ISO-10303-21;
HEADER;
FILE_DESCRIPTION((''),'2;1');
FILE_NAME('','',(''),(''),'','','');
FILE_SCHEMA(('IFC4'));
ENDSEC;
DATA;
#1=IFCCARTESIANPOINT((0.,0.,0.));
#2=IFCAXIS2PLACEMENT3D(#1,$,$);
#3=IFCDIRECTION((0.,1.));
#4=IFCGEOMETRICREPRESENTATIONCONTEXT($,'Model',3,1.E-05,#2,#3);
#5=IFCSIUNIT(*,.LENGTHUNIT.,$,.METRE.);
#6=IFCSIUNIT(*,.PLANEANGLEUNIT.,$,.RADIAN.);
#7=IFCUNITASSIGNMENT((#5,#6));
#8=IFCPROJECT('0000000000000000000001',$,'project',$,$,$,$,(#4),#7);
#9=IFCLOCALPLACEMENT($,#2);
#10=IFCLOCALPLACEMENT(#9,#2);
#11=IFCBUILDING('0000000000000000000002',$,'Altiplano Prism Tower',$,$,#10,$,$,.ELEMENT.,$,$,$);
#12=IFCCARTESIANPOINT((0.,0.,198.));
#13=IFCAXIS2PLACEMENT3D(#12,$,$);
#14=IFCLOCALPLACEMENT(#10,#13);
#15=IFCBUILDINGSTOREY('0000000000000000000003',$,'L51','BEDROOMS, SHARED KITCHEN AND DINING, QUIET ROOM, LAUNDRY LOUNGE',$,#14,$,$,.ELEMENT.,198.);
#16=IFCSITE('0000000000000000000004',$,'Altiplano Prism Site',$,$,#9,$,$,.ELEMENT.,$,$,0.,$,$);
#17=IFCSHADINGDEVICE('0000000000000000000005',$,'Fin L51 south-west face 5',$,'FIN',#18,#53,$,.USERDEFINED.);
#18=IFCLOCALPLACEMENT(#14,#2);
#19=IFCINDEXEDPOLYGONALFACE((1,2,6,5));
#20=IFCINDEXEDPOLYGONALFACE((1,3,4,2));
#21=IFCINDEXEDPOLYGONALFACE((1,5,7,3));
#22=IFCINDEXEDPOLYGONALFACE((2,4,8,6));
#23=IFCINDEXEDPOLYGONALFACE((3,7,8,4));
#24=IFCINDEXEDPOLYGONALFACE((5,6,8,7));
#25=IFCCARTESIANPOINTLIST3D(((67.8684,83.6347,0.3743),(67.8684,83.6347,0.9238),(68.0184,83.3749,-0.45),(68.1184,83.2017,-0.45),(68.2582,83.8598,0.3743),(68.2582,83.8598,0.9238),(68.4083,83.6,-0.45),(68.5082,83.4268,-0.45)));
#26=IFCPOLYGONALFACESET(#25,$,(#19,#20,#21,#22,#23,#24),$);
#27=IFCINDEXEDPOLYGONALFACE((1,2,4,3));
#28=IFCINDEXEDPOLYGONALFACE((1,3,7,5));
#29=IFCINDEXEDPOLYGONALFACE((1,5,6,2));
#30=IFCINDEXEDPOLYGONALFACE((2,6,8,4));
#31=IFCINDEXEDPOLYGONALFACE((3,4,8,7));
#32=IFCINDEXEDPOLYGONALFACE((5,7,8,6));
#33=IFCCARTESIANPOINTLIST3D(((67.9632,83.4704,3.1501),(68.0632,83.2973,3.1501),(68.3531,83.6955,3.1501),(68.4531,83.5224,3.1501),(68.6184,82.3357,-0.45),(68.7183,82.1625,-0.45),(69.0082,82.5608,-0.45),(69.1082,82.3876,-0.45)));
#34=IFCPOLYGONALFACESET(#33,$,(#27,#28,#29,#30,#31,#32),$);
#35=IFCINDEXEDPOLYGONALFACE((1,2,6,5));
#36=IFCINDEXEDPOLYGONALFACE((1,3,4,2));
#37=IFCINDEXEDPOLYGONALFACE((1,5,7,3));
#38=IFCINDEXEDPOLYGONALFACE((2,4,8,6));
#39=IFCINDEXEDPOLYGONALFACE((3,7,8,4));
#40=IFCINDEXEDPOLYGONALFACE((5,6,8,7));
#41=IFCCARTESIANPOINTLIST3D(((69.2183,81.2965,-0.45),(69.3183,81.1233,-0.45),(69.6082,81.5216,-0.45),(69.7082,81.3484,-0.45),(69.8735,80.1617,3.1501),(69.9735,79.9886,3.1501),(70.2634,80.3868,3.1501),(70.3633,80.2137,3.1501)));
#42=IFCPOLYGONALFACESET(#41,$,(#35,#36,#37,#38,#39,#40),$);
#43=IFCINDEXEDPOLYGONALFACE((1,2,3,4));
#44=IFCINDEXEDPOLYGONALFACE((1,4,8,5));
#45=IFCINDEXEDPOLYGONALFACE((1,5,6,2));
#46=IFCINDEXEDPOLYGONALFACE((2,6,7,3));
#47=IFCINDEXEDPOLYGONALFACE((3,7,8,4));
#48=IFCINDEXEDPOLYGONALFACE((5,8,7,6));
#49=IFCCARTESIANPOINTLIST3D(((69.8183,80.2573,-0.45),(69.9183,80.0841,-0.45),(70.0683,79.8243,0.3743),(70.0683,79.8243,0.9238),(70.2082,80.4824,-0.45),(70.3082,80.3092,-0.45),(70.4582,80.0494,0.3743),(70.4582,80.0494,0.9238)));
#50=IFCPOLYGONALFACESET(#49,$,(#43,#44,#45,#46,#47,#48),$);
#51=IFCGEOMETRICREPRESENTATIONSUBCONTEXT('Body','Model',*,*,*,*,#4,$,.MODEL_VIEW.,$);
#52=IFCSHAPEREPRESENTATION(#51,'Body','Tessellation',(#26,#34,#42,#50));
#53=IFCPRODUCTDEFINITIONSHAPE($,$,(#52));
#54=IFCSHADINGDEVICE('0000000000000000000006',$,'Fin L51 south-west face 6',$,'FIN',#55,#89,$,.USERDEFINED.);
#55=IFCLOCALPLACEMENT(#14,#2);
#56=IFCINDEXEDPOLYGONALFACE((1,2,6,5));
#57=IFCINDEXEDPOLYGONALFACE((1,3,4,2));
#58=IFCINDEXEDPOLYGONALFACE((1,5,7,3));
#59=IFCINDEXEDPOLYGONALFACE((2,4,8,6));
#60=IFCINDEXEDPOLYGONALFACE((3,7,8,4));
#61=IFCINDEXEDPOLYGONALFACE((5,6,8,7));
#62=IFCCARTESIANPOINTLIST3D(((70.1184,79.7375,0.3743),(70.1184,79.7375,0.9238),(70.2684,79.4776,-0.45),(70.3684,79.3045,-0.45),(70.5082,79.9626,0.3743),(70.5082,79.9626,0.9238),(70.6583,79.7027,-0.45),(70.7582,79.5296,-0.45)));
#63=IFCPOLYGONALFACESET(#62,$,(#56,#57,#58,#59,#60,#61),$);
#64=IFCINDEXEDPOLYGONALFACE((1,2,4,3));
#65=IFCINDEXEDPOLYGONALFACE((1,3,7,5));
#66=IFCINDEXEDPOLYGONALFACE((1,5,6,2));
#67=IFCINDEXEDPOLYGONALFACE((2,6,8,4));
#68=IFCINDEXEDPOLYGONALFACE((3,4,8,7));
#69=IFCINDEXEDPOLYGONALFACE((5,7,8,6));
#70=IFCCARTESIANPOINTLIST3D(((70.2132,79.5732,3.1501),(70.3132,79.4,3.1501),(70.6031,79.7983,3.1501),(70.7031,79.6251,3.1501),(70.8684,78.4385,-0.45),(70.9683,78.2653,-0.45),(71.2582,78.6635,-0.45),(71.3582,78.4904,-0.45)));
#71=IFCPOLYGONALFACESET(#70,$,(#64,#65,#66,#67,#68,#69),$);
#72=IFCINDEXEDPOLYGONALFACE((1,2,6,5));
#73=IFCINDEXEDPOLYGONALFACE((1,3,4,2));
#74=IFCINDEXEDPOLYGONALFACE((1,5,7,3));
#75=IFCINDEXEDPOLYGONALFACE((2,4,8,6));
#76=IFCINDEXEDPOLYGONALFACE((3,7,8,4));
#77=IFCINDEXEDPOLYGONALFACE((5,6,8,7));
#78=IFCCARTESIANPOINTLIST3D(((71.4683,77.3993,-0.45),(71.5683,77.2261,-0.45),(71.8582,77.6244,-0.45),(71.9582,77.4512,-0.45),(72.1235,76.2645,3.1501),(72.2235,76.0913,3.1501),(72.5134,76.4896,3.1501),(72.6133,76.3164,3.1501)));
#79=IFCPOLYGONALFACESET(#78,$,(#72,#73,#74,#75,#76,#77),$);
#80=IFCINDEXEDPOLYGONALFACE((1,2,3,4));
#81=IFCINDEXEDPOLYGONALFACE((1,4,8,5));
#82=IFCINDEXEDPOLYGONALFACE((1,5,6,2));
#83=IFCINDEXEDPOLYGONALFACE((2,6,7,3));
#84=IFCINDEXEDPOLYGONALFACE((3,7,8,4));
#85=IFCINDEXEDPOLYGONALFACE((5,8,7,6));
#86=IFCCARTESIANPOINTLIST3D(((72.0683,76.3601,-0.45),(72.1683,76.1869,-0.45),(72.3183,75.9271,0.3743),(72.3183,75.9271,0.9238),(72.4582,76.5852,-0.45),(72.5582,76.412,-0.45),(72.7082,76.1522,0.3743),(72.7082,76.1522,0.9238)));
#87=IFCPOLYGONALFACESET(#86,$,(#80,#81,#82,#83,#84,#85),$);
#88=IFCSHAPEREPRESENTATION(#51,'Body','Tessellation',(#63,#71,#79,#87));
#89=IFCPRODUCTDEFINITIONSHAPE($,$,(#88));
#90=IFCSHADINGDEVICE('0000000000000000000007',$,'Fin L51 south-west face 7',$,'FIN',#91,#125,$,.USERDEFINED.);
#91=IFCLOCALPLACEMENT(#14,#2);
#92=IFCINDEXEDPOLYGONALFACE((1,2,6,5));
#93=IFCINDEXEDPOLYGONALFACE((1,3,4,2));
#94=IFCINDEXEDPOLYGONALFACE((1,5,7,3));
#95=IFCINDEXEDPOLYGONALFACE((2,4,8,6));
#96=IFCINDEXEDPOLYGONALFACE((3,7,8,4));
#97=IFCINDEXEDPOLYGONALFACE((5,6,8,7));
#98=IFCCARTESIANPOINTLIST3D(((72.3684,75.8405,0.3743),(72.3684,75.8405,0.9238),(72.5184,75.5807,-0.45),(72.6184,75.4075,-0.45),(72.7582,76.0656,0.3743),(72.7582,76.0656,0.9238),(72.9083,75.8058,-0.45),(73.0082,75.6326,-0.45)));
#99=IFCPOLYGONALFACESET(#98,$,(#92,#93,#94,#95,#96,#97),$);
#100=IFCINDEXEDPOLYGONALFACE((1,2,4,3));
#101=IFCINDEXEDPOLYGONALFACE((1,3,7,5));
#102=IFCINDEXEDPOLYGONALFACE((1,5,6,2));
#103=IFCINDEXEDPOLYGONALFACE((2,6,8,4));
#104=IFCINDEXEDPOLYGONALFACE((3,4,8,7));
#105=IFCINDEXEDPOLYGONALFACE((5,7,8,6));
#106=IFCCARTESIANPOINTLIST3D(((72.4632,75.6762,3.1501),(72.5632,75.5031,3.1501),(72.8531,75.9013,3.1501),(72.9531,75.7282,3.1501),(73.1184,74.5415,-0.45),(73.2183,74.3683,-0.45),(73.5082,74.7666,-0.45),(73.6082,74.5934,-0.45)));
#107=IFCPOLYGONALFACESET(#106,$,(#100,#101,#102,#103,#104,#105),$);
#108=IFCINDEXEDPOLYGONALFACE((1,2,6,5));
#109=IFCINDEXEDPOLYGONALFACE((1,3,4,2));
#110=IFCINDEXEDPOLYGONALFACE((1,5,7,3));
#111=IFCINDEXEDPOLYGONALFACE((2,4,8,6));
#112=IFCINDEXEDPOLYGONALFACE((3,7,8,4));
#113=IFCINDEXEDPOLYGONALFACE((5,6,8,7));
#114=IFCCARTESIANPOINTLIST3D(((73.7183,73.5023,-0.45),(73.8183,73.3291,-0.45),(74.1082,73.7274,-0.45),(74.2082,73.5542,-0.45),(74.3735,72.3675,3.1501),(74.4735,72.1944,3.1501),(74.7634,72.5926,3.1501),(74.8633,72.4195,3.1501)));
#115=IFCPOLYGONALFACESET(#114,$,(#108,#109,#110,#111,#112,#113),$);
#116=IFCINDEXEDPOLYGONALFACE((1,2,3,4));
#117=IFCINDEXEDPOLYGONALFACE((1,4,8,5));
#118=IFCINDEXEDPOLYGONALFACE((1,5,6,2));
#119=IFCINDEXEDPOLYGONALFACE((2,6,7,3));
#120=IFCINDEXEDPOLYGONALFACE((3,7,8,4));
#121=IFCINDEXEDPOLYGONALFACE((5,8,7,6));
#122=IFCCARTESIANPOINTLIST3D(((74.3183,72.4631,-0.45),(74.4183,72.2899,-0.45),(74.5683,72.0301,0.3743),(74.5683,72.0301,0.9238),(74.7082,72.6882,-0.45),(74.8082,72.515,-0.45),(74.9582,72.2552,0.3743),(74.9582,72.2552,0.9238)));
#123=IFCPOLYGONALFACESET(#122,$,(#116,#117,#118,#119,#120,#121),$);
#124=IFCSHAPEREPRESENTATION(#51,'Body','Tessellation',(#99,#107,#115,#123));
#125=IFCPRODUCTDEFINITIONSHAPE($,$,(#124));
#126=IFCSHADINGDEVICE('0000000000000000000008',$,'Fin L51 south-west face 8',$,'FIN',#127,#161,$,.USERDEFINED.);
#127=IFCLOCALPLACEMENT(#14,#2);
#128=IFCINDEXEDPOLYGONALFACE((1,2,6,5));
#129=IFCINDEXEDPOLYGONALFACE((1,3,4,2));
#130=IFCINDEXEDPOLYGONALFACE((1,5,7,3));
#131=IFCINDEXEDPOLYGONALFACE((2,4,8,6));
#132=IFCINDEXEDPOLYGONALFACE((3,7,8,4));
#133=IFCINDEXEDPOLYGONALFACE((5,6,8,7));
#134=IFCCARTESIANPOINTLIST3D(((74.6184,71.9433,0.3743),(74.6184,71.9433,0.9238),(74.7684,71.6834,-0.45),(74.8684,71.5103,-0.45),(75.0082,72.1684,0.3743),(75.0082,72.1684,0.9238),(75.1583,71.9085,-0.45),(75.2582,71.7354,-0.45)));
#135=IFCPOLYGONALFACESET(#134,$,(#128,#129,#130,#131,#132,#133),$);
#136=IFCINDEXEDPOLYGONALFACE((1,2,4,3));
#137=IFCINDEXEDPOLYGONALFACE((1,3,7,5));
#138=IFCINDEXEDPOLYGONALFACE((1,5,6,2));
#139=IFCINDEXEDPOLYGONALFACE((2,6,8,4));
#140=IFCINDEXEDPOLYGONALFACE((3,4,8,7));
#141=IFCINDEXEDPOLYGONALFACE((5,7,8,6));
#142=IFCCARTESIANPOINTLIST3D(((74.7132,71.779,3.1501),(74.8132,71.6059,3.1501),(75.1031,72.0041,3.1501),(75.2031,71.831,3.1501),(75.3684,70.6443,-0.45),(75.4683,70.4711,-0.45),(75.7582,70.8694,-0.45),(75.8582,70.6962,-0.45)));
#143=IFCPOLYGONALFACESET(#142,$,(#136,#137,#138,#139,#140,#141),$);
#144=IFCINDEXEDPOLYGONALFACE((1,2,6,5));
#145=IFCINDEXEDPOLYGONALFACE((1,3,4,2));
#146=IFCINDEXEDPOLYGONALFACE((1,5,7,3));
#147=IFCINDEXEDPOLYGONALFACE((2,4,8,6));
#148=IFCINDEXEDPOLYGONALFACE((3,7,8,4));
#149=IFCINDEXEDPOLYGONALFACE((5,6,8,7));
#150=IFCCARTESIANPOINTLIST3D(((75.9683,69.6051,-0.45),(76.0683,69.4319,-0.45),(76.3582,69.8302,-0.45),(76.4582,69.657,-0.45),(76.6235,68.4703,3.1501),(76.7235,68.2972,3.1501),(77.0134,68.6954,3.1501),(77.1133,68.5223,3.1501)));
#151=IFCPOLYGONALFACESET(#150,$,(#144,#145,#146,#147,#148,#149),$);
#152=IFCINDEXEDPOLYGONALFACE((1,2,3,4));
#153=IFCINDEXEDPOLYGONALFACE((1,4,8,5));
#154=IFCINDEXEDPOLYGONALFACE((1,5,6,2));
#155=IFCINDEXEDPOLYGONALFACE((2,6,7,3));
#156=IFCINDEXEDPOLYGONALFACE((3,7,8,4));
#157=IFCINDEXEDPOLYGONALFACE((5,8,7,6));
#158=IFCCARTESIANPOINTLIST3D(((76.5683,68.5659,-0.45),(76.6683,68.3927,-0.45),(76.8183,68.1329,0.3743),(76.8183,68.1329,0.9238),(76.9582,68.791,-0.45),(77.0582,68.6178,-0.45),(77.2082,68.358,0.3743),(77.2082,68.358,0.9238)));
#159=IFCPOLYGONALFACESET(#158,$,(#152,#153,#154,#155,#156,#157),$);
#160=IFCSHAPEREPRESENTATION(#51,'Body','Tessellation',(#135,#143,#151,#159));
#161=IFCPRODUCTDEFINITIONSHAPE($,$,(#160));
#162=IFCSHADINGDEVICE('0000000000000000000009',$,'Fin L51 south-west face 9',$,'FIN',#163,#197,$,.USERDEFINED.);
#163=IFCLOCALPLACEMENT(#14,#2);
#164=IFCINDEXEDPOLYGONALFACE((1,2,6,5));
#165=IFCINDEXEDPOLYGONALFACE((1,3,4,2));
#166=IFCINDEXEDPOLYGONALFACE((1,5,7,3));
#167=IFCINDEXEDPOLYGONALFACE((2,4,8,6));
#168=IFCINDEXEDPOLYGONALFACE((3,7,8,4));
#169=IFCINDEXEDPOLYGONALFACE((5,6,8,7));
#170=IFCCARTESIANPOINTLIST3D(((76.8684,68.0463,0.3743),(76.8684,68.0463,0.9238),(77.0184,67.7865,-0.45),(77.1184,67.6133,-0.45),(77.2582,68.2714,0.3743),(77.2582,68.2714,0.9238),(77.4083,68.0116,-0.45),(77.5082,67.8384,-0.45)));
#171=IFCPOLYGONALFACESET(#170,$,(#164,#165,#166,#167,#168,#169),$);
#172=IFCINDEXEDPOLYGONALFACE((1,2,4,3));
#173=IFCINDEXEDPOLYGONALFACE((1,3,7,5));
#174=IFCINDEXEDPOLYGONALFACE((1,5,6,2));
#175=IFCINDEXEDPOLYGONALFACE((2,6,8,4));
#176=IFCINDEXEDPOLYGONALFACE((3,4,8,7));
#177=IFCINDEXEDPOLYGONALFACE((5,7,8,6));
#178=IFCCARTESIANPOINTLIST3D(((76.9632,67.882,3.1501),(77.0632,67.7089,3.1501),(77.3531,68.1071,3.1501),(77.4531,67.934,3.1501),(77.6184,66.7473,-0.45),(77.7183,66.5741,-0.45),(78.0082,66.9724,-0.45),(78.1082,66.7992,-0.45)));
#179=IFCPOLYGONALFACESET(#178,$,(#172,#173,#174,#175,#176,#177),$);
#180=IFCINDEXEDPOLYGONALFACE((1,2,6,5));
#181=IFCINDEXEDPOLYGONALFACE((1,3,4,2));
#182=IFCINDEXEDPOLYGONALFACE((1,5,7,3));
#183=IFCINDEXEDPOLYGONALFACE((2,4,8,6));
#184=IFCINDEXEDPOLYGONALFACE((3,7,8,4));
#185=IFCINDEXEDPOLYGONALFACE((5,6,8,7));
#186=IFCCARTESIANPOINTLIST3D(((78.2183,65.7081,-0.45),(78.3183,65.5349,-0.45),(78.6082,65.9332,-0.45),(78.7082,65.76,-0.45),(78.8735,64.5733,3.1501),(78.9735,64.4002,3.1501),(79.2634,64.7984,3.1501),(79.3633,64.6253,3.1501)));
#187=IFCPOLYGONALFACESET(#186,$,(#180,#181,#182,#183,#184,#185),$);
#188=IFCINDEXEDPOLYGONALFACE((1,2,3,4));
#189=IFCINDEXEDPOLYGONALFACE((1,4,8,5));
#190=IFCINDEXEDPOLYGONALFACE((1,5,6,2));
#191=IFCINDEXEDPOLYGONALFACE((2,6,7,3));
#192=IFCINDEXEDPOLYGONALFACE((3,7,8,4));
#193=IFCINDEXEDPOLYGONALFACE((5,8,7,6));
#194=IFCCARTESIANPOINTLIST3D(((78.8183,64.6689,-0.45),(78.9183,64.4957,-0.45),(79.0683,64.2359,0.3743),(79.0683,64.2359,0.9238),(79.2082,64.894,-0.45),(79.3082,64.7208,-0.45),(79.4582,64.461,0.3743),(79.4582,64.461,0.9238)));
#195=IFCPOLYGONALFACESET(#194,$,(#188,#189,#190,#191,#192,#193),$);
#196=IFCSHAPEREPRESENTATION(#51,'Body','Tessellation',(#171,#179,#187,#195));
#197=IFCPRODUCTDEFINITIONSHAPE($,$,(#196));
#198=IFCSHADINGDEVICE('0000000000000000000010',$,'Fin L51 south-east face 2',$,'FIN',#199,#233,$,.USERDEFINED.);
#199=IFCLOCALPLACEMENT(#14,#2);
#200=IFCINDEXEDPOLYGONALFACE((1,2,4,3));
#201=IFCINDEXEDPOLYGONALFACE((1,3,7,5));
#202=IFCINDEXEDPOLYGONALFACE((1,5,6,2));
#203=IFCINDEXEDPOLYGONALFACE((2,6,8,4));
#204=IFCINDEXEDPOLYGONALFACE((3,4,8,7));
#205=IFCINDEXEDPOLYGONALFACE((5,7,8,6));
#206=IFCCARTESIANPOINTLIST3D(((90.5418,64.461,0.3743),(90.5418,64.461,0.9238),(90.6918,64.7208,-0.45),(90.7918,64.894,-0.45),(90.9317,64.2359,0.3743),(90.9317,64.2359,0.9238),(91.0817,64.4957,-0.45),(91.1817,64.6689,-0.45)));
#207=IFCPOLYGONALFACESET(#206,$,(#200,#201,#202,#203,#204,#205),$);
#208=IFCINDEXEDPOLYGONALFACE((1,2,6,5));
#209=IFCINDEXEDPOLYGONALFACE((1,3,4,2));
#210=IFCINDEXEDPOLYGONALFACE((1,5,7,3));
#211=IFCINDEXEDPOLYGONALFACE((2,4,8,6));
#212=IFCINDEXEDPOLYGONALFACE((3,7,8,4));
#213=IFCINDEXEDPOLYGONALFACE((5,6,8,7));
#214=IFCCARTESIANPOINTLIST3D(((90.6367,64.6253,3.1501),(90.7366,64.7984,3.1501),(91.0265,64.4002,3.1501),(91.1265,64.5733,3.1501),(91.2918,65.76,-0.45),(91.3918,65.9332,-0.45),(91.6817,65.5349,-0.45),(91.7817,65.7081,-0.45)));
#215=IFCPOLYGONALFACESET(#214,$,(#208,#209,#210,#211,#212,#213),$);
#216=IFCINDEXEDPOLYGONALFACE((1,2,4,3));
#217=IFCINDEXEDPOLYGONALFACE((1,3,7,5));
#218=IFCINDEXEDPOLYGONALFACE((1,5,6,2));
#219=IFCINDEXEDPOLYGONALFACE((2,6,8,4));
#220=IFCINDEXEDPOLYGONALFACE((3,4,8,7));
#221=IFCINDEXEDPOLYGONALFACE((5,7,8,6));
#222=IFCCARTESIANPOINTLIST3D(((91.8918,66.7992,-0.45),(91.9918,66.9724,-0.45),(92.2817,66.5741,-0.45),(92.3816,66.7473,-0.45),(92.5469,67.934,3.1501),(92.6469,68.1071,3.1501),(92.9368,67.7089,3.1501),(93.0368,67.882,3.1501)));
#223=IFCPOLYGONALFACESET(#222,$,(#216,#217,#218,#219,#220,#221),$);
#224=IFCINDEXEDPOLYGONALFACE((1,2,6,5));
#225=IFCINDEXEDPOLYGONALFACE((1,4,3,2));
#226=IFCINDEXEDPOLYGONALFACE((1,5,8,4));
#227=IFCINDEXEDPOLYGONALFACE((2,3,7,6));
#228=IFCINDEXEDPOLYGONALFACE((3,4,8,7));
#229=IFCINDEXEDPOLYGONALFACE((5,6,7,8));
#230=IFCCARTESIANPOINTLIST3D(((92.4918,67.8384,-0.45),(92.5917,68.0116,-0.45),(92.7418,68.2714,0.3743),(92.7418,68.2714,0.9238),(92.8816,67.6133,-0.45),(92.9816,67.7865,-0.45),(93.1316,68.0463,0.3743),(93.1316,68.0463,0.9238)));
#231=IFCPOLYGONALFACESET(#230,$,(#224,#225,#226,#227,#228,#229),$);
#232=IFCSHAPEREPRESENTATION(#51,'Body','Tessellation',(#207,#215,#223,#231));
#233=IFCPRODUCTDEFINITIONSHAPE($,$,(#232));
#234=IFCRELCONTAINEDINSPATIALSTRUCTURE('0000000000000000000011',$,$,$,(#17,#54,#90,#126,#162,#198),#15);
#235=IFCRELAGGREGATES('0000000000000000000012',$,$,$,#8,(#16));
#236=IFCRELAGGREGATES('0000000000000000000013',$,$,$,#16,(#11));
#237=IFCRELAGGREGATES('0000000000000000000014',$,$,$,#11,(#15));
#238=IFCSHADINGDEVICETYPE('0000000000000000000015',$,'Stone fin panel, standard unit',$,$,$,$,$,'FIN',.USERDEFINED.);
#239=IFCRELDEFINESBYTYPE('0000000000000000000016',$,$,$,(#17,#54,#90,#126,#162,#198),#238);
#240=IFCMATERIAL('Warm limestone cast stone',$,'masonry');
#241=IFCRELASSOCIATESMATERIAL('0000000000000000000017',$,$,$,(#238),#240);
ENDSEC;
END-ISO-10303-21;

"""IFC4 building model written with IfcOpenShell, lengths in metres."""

from ifc_helpers import new_model, si_unit, direction, frame, origin, place, context, subcontext, project, spatial, polyline, outline, extrude, source, transform, mapped, material, type_object, element, save


model = new_model("IFC4")

# Units and contexts
model_context = context("Model", 3, precision=1e-05, world=origin(), true_north=direction((0.0, 1.0)))
body_context = subcontext(model_context, "Body", "Model", "MODEL_VIEW")
ifc_project = project(units=[si_unit("LENGTHUNIT", "METRE"), si_unit("PLANEANGLEUNIT", "RADIAN")], contexts=[model_context])

# Site, building, storey
site_placement = place(None, origin())
site = spatial("IfcSite", under=ifc_project, at=site_placement, Name="Altiplano Prism Site", CompositionType="ELEMENT", RefElevation=0.0)
building_placement = place(site_placement, origin())
building = spatial("IfcBuilding", under=site, at=building_placement, Name="Altiplano Prism Tower", CompositionType="ELEMENT")
storey_placement = place(building_placement, frame((0.0, 0.0, 198.0)))
storey = spatial("IfcBuildingStorey", under=building, at=storey_placement, Name="L51", Description="BEDROOMS, SHARED KITCHEN AND DINING, QUIET ROOM, LAUNDRY LOUNGE", CompositionType="ELEMENT", Elevation=198.0)

# Shading devices
ifc_material_1 = material(Name="Warm limestone cast stone", Category="masonry")
shading_device_type_1 = type_object("IfcShadingDeviceType", Name="Stone fin panel, standard unit", ElementType="FIN", PredefinedType="USERDEFINED", material=ifc_material_1)
shared_shape_1 = source(origin(), body_context, "Body", "SweptSolid", [
    extrude(outline(polyline([(-2.2, 1.3738), (-2.2, 0.8242), (-1.8999, 0.0), (-1.7, 0.0), (-2.2, 1.3738)])), frame((0.0, -0.1499, 0.0), z_axis=(0.0, -1.0, 0.0), x_axis=(1.0, 0.0, 0.0)), (0.0, 0.0, 1.0), 0.4502),
    extrude(outline(polyline([(-2.0103, 3.6001), (-0.7, 0.0), (-0.5, 0.0), (-1.8103, 3.6001), (-2.0103, 3.6001)])), frame((0.0, -0.1499, 0.0), z_axis=(0.0, -1.0, 0.0), x_axis=(1.0, 0.0, 0.0)), (0.0, 0.0, 1.0), 0.4502),
    extrude(outline(polyline([(1.8103, 3.6001), (0.5, 0.0), (0.7, 0.0), (2.0103, 3.6001), (1.8103, 3.6001)])), frame((0.0, -0.1499, 0.0), z_axis=(0.0, -1.0, 0.0), x_axis=(1.0, 0.0, 0.0)), (0.0, 0.0, 1.0), 0.4502),
    extrude(outline(polyline([(2.2, 0.8242), (2.2, 1.3738), (1.7, 0.0), (1.8999, 0.0), (2.2, 0.8242)])), frame((0.0, -0.1499, 0.0), z_axis=(0.0, -1.0, 0.0), x_axis=(1.0, 0.0, 0.0)), (0.0, 0.0, 1.0), 0.4502),
])
shading_device_1_placement = place(storey_placement, origin())
element("IfcShadingDevice", 1, at=shading_device_1_placement, inside=storey, type_object=shading_device_type_1, Name="Fin L51 south-west face 5", ObjectType="FIN", PredefinedType="USERDEFINED", context=body_context, shape_type="MappedRepresentation", body=[
    mapped(shared_shape_1, transform((69.488, 82.0295, -0.45), x_axis=(0.5, -0.866025, 0.0), y_axis=(0.866025, 0.5, 0.0), z_axis=(0.0, 0.0, 1.0))),
])
shading_device_2_placement = place(storey_placement, origin())
element("IfcShadingDevice", 2, at=shading_device_2_placement, inside=storey, type_object=shading_device_type_1, Name="Fin L51 south-west face 6", ObjectType="FIN", PredefinedType="USERDEFINED", context=body_context, shape_type="MappedRepresentation", body=[
    mapped(shared_shape_1, transform((71.738, 78.1323, -0.45), x_axis=(0.5, -0.866025, 0.0), y_axis=(0.866025, 0.5, 0.0), z_axis=(0.0, 0.0, 1.0))),
])
shading_device_3_placement = place(storey_placement, origin())
element("IfcShadingDevice", 3, at=shading_device_3_placement, inside=storey, type_object=shading_device_type_1, Name="Fin L51 south-west face 7", ObjectType="FIN", PredefinedType="USERDEFINED", context=body_context, shape_type="MappedRepresentation", body=[
    mapped(shared_shape_1, transform((73.988, 74.2354, -0.45), x_axis=(0.5, -0.866025, 0.0), y_axis=(0.866025, 0.5, 0.0), z_axis=(0.0, 0.0, 1.0))),
])
shading_device_4_placement = place(storey_placement, origin())
element("IfcShadingDevice", 4, at=shading_device_4_placement, inside=storey, type_object=shading_device_type_1, Name="Fin L51 south-west face 8", ObjectType="FIN", PredefinedType="USERDEFINED", context=body_context, shape_type="MappedRepresentation", body=[
    mapped(shared_shape_1, transform((76.238, 70.3381, -0.45), x_axis=(0.5, -0.866025, 0.0), y_axis=(0.866025, 0.5, 0.0), z_axis=(0.0, 0.0, 1.0))),
])
shading_device_5_placement = place(storey_placement, origin())
element("IfcShadingDevice", 5, at=shading_device_5_placement, inside=storey, type_object=shading_device_type_1, Name="Fin L51 south-west face 9", ObjectType="FIN", PredefinedType="USERDEFINED", context=body_context, shape_type="MappedRepresentation", body=[
    mapped(shared_shape_1, transform((78.488, 66.4412, -0.45), x_axis=(0.5, -0.866025, 0.0), y_axis=(0.866025, 0.5, 0.0), z_axis=(0.0, 0.0, 1.0))),
])
shading_device_6_placement = place(storey_placement, origin())
element("IfcShadingDevice", 6, at=shading_device_6_placement, inside=storey, type_object=shading_device_type_1, Name="Fin L51 south-east face 2", ObjectType="FIN", PredefinedType="USERDEFINED", context=body_context, shape_type="MappedRepresentation", body=[
    mapped(shared_shape_1, transform((91.512, 66.4412, -0.45), x_axis=(0.5, 0.866025, 0.0), y_axis=(-0.866025, 0.5, 0.0), z_axis=(0.0, 0.0, 1.0))),
])

save(model, "model.ifc")
